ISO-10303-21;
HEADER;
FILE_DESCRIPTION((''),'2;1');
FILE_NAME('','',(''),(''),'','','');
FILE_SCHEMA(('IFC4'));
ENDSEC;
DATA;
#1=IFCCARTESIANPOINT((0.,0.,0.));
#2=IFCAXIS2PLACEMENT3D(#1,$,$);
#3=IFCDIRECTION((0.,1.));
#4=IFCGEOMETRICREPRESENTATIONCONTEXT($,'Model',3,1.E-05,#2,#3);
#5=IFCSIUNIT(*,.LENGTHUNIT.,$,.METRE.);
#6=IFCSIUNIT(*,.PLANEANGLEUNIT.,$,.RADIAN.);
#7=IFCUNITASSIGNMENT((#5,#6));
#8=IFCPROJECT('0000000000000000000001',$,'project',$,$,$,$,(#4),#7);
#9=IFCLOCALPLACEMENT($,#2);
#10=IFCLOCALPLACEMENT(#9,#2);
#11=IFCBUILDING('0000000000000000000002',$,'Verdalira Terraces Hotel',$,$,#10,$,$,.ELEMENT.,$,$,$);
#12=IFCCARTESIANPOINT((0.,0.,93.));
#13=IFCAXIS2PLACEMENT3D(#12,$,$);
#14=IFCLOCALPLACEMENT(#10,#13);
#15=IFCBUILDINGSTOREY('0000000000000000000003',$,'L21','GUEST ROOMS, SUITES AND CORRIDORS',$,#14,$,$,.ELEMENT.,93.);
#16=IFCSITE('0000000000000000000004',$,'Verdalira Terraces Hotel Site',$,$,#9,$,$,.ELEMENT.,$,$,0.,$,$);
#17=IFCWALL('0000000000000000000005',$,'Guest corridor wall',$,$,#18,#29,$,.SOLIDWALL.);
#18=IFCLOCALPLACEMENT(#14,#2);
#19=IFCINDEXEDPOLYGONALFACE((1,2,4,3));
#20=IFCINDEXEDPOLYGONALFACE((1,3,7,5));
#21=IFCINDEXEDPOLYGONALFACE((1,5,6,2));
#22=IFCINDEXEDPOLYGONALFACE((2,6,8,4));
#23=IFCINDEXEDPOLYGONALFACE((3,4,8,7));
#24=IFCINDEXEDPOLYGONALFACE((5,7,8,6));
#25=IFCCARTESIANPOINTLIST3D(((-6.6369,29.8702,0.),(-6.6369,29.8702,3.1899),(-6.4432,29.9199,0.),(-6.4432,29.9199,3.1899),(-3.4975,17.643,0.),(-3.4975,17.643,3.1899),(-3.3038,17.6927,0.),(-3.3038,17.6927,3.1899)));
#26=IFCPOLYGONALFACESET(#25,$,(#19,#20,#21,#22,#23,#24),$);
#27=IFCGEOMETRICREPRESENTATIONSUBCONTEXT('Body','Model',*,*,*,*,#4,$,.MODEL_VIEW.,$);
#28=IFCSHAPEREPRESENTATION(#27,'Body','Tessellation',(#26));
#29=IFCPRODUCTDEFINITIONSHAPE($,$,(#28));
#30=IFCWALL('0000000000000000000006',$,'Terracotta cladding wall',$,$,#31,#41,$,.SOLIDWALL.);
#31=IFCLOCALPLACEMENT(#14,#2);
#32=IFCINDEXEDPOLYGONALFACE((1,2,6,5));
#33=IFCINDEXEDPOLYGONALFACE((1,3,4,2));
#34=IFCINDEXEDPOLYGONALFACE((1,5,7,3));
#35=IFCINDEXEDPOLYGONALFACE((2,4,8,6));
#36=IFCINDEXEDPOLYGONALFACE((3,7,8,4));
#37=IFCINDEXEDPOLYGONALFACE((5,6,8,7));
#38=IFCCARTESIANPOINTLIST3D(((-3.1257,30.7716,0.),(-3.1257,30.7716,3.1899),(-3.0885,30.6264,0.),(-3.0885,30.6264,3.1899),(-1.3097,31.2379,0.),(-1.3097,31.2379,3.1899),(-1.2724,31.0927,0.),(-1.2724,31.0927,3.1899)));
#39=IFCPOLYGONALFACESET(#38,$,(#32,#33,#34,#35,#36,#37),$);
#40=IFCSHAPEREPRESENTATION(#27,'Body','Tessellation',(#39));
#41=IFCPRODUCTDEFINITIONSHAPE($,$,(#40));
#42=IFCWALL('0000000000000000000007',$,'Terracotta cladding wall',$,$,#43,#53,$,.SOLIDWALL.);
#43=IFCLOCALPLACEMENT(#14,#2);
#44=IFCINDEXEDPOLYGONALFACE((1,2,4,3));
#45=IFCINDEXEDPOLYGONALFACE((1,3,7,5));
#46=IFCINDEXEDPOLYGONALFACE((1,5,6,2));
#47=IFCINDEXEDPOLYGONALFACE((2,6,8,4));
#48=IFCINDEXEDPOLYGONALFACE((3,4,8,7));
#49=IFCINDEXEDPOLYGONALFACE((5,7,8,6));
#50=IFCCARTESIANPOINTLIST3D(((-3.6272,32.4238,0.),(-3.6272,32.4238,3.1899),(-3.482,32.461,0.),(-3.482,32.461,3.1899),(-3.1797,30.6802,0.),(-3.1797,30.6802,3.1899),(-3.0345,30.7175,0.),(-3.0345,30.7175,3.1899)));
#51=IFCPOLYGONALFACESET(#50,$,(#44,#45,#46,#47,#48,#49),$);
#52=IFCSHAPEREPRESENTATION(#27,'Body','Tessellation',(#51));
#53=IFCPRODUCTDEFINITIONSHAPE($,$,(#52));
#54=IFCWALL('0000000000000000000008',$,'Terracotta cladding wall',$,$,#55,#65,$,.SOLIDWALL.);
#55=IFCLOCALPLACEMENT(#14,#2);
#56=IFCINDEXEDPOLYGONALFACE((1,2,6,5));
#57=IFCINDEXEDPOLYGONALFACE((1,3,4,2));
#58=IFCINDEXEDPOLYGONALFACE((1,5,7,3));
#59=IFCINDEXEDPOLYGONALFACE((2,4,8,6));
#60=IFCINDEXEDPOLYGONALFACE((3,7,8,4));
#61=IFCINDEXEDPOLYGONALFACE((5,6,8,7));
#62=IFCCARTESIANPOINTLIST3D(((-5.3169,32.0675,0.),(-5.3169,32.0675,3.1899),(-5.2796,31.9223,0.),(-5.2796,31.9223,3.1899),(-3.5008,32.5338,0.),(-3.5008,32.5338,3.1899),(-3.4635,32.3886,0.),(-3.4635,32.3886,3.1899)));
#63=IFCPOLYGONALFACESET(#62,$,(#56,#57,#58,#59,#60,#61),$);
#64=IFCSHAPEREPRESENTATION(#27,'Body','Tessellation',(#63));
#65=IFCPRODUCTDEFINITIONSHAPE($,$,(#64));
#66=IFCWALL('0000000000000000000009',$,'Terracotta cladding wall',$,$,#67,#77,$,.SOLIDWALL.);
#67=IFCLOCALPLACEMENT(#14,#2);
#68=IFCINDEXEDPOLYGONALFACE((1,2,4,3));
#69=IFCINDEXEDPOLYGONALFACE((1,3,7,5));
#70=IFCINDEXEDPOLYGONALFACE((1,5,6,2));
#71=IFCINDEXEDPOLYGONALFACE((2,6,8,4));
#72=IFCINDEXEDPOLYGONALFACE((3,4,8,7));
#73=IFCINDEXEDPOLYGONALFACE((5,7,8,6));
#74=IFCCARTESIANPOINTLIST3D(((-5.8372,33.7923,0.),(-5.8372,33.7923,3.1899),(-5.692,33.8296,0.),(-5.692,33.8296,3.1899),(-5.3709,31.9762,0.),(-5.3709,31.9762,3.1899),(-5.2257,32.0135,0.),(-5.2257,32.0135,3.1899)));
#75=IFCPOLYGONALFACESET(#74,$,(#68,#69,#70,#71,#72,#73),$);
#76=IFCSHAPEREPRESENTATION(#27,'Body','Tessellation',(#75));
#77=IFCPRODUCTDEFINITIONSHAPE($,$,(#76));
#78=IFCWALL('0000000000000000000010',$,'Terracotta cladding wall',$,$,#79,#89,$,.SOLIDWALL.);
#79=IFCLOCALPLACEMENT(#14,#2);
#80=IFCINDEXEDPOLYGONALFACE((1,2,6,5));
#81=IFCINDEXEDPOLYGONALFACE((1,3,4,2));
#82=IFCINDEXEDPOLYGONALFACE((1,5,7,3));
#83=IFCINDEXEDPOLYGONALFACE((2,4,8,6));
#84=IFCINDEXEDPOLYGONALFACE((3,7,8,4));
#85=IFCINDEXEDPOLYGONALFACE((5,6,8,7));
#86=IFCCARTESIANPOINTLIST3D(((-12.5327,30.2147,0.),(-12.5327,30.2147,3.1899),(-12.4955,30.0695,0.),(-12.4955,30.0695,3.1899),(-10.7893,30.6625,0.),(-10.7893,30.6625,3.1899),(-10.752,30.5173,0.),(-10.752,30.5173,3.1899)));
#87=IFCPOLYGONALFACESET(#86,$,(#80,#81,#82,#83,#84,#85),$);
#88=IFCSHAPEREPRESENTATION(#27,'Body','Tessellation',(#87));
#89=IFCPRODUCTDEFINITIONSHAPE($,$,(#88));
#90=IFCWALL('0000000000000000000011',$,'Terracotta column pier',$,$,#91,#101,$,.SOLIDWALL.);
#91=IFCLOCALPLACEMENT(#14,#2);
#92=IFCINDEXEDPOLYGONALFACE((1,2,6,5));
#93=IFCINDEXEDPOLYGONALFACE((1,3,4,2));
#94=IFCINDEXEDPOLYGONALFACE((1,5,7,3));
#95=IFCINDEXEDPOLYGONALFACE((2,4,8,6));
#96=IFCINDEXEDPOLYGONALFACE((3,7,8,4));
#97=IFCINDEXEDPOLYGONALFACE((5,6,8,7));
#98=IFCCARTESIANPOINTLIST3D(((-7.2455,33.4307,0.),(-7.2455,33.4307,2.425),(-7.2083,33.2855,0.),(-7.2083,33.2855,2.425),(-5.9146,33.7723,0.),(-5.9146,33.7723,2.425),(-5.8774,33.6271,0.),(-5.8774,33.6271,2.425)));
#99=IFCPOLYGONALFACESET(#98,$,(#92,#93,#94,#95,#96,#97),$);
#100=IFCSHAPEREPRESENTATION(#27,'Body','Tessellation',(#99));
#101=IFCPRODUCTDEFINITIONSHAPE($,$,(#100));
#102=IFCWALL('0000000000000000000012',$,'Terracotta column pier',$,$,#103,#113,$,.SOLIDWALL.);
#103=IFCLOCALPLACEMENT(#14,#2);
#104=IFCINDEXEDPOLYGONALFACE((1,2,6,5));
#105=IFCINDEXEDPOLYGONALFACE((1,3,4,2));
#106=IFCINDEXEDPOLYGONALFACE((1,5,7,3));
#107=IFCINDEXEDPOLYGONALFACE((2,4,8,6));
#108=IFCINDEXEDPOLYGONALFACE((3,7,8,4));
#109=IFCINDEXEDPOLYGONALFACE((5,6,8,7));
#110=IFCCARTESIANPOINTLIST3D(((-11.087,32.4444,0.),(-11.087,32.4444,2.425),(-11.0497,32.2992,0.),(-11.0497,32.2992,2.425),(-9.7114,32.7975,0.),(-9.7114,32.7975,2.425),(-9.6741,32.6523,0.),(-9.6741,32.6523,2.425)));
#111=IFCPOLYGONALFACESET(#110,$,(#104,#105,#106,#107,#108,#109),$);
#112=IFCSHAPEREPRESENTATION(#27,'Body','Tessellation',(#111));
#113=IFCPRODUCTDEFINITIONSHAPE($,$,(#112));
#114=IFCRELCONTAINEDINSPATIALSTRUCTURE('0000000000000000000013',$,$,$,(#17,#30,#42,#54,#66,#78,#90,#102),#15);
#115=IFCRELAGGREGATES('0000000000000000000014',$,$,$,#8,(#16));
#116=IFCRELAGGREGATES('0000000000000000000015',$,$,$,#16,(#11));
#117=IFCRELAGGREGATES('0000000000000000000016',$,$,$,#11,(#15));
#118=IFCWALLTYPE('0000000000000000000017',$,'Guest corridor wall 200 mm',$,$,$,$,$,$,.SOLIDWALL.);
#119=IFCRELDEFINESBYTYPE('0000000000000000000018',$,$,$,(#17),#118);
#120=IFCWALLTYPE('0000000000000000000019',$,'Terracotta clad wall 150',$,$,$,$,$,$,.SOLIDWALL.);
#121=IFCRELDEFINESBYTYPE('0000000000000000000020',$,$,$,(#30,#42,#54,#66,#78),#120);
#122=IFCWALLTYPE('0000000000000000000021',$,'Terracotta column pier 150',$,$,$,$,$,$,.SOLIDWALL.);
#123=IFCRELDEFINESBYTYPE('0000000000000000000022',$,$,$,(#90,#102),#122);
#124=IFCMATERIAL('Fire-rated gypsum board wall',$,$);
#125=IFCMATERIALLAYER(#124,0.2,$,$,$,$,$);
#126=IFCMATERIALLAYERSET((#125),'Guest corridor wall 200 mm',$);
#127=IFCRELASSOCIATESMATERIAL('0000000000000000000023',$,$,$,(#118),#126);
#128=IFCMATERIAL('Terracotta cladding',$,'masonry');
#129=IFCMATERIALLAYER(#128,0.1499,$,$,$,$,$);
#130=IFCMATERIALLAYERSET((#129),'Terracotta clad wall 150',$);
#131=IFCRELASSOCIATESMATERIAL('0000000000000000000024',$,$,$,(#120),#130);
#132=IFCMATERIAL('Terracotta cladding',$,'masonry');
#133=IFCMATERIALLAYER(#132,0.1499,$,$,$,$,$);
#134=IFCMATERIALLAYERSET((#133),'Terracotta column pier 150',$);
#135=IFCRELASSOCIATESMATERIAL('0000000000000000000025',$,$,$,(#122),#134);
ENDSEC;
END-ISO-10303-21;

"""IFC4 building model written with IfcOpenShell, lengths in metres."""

from ifc_helpers import new_model, si_unit, direction, frame, frame_2d, origin, place, context, subcontext, project, spatial, rectangle, extrude, material, layer, layer_set, type_object, element, save


model = new_model("IFC4")

# Units and contexts
model_context = context("Model", 3, precision=1e-05, world=origin(), true_north=direction((0.0, 1.0)))
body_context = subcontext(model_context, "Body", "Model", "MODEL_VIEW")
ifc_project = project(units=[si_unit("LENGTHUNIT", "METRE"), si_unit("PLANEANGLEUNIT", "RADIAN")], contexts=[model_context])

# Site, building, storey
site_placement = place(None, origin())
site = spatial("IfcSite", under=ifc_project, at=site_placement, Name="Verdalira Terraces Hotel Site", CompositionType="ELEMENT", RefElevation=0.0)
building_placement = place(site_placement, origin())
building = spatial("IfcBuilding", under=site, at=building_placement, Name="Verdalira Terraces Hotel", CompositionType="ELEMENT")
storey_placement = place(building_placement, frame((0.0, 0.0, 93.0)))
storey = spatial("IfcBuildingStorey", under=building, at=storey_placement, Name="L21", Description="GUEST ROOMS, SUITES AND CORRIDORS", CompositionType="ELEMENT", Elevation=93.0)

# Shared definitions
ifc_material_1 = material(Name="Fire-rated gypsum board wall")
ifc_layer_1 = layer(ifc_material_1, 0.2)
ifc_layer_set_1 = layer_set([ifc_layer_1], Name="Guest corridor wall 200 mm")
wall_type_1 = type_object("IfcWallType", Name="Guest corridor wall 200 mm", PredefinedType="SOLIDWALL", material=ifc_layer_set_1)

# Walls
wall_1_placement = place(storey_placement, frame((-3.4006, 17.6677, 0.0), z_axis=(0.0, 0.0, 1.0), x_axis=(-0.248688, 0.968584, 0.0)))
element("IfcWall", 1, at=wall_1_placement, inside=storey, type_object=wall_type_1, Name="Guest corridor wall", PredefinedType="SOLIDWALL", context=body_context, shape_type="SweptSolid", body=[
    extrude(rectangle(XDim=12.6238, YDim=0.2, at=frame_2d((6.312, 0.0))), origin(), (0.0, 0.0, 1.0), 3.1899),
])
ifc_material_2 = material(Name="Terracotta cladding", Category="masonry")
ifc_layer_2 = layer(ifc_material_2, 0.1499)
ifc_layer_set_2 = layer_set([ifc_layer_2], Name="Terracotta clad wall 150")
wall_type_2 = type_object("IfcWallType", Name="Terracotta clad wall 150", PredefinedType="SOLIDWALL", material=ifc_layer_set_2)
wall_2_placement = place(storey_placement, frame((-1.291, 31.1653, 0.0), z_axis=(0.0, 0.0, 1.0), x_axis=(-0.968583, -0.248689, 0.0)))
element("IfcWall", 2, at=wall_2_placement, inside=storey, type_object=wall_type_2, Name="Terracotta cladding wall", PredefinedType="SOLIDWALL", context=body_context, shape_type="SweptSolid", body=[
    extrude(rectangle(XDim=1.875, YDim=0.1499, at=frame_2d((0.9375, 0.0))), origin(), (0.0, 0.0, 1.0), 3.1899),
])
wall_3_placement = place(storey_placement, frame((-3.1072, 30.699, 0.0), z_axis=(0.0, 0.0, 1.0), x_axis=(-0.248594, 0.968608, 0.0)))
element("IfcWall", 3, at=wall_3_placement, inside=storey, type_object=wall_type_2, Name="Terracotta cladding wall", PredefinedType="SOLIDWALL", context=body_context, shape_type="SweptSolid", body=[
    extrude(rectangle(XDim=1.8, YDim=0.1499, at=frame_2d((0.8999, 0.0))), origin(), (0.0, 0.0, 1.0), 3.1899),
])
for number, where, z_axis, x_axis, name in (
    (4, (-3.4822, 32.4612, 0.0), (0.0, 0.0, 1.0), (-0.968583, -0.248689, 0.0), "Terracotta cladding wall"),
    (5, (-5.2983, 31.9949, 0.0), (0.0, 0.0, 1.0), (-0.248689, 0.968583, 0.0), "Terracotta cladding wall"),
):
    element("IfcWall", number, at=place(storey_placement, frame(where, z_axis=z_axis, x_axis=x_axis)), inside=storey, type_object=wall_type_2, Name=name, PredefinedType="SOLIDWALL", context=body_context, shape_type="SweptSolid", body=[
        extrude(rectangle(XDim=1.875, YDim=0.1499, at=frame_2d((0.9375, 0.0))), origin(), (0.0, 0.0, 1.0), 3.1899),
    ])
wall_4_placement = place(storey_placement, frame((-10.7708, 30.5898, 0.0), z_axis=(0.0, 0.0, 1.0), x_axis=(-0.968567, -0.248754, 0.0)))
element("IfcWall", 6, at=wall_4_placement, inside=storey, type_object=wall_type_2, Name="Terracotta cladding wall", PredefinedType="SOLIDWALL", context=body_context, shape_type="SweptSolid", body=[
    extrude(rectangle(XDim=1.8, YDim=0.1499, at=frame_2d((0.8999, 0.0))), origin(), (0.0, 0.0, 1.0), 3.1899),
])
ifc_material_3 = material(Name="Terracotta cladding", Category="masonry")
ifc_layer_3 = layer(ifc_material_3, 0.1499)
ifc_layer_set_3 = layer_set([ifc_layer_3], Name="Terracotta column pier 150")
wall_type_3 = type_object("IfcWallType", Name="Terracotta column pier 150", PredefinedType="SOLIDWALL", material=ifc_layer_set_3)
wall_5_placement = place(storey_placement, frame((-5.896, 33.6997, 0.0), z_axis=(0.0, 0.0, 1.0), x_axis=(-0.968608, -0.248593, 0.0)))
element("IfcWall", 7, at=wall_5_placement, inside=storey, type_object=wall_type_3, Name="Terracotta column pier", PredefinedType="SOLIDWALL", context=body_context, shape_type="SweptSolid", body=[
    extrude(rectangle(XDim=1.374, YDim=0.1499, at=frame_2d((0.687, 0.0))), origin(), (0.0, 0.0, 1.0), 2.425),
])
wall_6_placement = place(storey_placement, frame((-9.6929, 32.7249, 0.0), z_axis=(0.0, 0.0, 1.0), x_axis=(-0.968607, -0.248599, 0.0)))
element("IfcWall", 8, at=wall_6_placement, inside=storey, type_object=wall_type_3, Name="Terracotta column pier", PredefinedType="SOLIDWALL", context=body_context, shape_type="SweptSolid", body=[
    extrude(rectangle(XDim=1.4202, YDim=0.1499, at=frame_2d((0.71, 0.0))), origin(), (0.0, 0.0, 1.0), 2.425),
])

save(model, "model.ifc")
